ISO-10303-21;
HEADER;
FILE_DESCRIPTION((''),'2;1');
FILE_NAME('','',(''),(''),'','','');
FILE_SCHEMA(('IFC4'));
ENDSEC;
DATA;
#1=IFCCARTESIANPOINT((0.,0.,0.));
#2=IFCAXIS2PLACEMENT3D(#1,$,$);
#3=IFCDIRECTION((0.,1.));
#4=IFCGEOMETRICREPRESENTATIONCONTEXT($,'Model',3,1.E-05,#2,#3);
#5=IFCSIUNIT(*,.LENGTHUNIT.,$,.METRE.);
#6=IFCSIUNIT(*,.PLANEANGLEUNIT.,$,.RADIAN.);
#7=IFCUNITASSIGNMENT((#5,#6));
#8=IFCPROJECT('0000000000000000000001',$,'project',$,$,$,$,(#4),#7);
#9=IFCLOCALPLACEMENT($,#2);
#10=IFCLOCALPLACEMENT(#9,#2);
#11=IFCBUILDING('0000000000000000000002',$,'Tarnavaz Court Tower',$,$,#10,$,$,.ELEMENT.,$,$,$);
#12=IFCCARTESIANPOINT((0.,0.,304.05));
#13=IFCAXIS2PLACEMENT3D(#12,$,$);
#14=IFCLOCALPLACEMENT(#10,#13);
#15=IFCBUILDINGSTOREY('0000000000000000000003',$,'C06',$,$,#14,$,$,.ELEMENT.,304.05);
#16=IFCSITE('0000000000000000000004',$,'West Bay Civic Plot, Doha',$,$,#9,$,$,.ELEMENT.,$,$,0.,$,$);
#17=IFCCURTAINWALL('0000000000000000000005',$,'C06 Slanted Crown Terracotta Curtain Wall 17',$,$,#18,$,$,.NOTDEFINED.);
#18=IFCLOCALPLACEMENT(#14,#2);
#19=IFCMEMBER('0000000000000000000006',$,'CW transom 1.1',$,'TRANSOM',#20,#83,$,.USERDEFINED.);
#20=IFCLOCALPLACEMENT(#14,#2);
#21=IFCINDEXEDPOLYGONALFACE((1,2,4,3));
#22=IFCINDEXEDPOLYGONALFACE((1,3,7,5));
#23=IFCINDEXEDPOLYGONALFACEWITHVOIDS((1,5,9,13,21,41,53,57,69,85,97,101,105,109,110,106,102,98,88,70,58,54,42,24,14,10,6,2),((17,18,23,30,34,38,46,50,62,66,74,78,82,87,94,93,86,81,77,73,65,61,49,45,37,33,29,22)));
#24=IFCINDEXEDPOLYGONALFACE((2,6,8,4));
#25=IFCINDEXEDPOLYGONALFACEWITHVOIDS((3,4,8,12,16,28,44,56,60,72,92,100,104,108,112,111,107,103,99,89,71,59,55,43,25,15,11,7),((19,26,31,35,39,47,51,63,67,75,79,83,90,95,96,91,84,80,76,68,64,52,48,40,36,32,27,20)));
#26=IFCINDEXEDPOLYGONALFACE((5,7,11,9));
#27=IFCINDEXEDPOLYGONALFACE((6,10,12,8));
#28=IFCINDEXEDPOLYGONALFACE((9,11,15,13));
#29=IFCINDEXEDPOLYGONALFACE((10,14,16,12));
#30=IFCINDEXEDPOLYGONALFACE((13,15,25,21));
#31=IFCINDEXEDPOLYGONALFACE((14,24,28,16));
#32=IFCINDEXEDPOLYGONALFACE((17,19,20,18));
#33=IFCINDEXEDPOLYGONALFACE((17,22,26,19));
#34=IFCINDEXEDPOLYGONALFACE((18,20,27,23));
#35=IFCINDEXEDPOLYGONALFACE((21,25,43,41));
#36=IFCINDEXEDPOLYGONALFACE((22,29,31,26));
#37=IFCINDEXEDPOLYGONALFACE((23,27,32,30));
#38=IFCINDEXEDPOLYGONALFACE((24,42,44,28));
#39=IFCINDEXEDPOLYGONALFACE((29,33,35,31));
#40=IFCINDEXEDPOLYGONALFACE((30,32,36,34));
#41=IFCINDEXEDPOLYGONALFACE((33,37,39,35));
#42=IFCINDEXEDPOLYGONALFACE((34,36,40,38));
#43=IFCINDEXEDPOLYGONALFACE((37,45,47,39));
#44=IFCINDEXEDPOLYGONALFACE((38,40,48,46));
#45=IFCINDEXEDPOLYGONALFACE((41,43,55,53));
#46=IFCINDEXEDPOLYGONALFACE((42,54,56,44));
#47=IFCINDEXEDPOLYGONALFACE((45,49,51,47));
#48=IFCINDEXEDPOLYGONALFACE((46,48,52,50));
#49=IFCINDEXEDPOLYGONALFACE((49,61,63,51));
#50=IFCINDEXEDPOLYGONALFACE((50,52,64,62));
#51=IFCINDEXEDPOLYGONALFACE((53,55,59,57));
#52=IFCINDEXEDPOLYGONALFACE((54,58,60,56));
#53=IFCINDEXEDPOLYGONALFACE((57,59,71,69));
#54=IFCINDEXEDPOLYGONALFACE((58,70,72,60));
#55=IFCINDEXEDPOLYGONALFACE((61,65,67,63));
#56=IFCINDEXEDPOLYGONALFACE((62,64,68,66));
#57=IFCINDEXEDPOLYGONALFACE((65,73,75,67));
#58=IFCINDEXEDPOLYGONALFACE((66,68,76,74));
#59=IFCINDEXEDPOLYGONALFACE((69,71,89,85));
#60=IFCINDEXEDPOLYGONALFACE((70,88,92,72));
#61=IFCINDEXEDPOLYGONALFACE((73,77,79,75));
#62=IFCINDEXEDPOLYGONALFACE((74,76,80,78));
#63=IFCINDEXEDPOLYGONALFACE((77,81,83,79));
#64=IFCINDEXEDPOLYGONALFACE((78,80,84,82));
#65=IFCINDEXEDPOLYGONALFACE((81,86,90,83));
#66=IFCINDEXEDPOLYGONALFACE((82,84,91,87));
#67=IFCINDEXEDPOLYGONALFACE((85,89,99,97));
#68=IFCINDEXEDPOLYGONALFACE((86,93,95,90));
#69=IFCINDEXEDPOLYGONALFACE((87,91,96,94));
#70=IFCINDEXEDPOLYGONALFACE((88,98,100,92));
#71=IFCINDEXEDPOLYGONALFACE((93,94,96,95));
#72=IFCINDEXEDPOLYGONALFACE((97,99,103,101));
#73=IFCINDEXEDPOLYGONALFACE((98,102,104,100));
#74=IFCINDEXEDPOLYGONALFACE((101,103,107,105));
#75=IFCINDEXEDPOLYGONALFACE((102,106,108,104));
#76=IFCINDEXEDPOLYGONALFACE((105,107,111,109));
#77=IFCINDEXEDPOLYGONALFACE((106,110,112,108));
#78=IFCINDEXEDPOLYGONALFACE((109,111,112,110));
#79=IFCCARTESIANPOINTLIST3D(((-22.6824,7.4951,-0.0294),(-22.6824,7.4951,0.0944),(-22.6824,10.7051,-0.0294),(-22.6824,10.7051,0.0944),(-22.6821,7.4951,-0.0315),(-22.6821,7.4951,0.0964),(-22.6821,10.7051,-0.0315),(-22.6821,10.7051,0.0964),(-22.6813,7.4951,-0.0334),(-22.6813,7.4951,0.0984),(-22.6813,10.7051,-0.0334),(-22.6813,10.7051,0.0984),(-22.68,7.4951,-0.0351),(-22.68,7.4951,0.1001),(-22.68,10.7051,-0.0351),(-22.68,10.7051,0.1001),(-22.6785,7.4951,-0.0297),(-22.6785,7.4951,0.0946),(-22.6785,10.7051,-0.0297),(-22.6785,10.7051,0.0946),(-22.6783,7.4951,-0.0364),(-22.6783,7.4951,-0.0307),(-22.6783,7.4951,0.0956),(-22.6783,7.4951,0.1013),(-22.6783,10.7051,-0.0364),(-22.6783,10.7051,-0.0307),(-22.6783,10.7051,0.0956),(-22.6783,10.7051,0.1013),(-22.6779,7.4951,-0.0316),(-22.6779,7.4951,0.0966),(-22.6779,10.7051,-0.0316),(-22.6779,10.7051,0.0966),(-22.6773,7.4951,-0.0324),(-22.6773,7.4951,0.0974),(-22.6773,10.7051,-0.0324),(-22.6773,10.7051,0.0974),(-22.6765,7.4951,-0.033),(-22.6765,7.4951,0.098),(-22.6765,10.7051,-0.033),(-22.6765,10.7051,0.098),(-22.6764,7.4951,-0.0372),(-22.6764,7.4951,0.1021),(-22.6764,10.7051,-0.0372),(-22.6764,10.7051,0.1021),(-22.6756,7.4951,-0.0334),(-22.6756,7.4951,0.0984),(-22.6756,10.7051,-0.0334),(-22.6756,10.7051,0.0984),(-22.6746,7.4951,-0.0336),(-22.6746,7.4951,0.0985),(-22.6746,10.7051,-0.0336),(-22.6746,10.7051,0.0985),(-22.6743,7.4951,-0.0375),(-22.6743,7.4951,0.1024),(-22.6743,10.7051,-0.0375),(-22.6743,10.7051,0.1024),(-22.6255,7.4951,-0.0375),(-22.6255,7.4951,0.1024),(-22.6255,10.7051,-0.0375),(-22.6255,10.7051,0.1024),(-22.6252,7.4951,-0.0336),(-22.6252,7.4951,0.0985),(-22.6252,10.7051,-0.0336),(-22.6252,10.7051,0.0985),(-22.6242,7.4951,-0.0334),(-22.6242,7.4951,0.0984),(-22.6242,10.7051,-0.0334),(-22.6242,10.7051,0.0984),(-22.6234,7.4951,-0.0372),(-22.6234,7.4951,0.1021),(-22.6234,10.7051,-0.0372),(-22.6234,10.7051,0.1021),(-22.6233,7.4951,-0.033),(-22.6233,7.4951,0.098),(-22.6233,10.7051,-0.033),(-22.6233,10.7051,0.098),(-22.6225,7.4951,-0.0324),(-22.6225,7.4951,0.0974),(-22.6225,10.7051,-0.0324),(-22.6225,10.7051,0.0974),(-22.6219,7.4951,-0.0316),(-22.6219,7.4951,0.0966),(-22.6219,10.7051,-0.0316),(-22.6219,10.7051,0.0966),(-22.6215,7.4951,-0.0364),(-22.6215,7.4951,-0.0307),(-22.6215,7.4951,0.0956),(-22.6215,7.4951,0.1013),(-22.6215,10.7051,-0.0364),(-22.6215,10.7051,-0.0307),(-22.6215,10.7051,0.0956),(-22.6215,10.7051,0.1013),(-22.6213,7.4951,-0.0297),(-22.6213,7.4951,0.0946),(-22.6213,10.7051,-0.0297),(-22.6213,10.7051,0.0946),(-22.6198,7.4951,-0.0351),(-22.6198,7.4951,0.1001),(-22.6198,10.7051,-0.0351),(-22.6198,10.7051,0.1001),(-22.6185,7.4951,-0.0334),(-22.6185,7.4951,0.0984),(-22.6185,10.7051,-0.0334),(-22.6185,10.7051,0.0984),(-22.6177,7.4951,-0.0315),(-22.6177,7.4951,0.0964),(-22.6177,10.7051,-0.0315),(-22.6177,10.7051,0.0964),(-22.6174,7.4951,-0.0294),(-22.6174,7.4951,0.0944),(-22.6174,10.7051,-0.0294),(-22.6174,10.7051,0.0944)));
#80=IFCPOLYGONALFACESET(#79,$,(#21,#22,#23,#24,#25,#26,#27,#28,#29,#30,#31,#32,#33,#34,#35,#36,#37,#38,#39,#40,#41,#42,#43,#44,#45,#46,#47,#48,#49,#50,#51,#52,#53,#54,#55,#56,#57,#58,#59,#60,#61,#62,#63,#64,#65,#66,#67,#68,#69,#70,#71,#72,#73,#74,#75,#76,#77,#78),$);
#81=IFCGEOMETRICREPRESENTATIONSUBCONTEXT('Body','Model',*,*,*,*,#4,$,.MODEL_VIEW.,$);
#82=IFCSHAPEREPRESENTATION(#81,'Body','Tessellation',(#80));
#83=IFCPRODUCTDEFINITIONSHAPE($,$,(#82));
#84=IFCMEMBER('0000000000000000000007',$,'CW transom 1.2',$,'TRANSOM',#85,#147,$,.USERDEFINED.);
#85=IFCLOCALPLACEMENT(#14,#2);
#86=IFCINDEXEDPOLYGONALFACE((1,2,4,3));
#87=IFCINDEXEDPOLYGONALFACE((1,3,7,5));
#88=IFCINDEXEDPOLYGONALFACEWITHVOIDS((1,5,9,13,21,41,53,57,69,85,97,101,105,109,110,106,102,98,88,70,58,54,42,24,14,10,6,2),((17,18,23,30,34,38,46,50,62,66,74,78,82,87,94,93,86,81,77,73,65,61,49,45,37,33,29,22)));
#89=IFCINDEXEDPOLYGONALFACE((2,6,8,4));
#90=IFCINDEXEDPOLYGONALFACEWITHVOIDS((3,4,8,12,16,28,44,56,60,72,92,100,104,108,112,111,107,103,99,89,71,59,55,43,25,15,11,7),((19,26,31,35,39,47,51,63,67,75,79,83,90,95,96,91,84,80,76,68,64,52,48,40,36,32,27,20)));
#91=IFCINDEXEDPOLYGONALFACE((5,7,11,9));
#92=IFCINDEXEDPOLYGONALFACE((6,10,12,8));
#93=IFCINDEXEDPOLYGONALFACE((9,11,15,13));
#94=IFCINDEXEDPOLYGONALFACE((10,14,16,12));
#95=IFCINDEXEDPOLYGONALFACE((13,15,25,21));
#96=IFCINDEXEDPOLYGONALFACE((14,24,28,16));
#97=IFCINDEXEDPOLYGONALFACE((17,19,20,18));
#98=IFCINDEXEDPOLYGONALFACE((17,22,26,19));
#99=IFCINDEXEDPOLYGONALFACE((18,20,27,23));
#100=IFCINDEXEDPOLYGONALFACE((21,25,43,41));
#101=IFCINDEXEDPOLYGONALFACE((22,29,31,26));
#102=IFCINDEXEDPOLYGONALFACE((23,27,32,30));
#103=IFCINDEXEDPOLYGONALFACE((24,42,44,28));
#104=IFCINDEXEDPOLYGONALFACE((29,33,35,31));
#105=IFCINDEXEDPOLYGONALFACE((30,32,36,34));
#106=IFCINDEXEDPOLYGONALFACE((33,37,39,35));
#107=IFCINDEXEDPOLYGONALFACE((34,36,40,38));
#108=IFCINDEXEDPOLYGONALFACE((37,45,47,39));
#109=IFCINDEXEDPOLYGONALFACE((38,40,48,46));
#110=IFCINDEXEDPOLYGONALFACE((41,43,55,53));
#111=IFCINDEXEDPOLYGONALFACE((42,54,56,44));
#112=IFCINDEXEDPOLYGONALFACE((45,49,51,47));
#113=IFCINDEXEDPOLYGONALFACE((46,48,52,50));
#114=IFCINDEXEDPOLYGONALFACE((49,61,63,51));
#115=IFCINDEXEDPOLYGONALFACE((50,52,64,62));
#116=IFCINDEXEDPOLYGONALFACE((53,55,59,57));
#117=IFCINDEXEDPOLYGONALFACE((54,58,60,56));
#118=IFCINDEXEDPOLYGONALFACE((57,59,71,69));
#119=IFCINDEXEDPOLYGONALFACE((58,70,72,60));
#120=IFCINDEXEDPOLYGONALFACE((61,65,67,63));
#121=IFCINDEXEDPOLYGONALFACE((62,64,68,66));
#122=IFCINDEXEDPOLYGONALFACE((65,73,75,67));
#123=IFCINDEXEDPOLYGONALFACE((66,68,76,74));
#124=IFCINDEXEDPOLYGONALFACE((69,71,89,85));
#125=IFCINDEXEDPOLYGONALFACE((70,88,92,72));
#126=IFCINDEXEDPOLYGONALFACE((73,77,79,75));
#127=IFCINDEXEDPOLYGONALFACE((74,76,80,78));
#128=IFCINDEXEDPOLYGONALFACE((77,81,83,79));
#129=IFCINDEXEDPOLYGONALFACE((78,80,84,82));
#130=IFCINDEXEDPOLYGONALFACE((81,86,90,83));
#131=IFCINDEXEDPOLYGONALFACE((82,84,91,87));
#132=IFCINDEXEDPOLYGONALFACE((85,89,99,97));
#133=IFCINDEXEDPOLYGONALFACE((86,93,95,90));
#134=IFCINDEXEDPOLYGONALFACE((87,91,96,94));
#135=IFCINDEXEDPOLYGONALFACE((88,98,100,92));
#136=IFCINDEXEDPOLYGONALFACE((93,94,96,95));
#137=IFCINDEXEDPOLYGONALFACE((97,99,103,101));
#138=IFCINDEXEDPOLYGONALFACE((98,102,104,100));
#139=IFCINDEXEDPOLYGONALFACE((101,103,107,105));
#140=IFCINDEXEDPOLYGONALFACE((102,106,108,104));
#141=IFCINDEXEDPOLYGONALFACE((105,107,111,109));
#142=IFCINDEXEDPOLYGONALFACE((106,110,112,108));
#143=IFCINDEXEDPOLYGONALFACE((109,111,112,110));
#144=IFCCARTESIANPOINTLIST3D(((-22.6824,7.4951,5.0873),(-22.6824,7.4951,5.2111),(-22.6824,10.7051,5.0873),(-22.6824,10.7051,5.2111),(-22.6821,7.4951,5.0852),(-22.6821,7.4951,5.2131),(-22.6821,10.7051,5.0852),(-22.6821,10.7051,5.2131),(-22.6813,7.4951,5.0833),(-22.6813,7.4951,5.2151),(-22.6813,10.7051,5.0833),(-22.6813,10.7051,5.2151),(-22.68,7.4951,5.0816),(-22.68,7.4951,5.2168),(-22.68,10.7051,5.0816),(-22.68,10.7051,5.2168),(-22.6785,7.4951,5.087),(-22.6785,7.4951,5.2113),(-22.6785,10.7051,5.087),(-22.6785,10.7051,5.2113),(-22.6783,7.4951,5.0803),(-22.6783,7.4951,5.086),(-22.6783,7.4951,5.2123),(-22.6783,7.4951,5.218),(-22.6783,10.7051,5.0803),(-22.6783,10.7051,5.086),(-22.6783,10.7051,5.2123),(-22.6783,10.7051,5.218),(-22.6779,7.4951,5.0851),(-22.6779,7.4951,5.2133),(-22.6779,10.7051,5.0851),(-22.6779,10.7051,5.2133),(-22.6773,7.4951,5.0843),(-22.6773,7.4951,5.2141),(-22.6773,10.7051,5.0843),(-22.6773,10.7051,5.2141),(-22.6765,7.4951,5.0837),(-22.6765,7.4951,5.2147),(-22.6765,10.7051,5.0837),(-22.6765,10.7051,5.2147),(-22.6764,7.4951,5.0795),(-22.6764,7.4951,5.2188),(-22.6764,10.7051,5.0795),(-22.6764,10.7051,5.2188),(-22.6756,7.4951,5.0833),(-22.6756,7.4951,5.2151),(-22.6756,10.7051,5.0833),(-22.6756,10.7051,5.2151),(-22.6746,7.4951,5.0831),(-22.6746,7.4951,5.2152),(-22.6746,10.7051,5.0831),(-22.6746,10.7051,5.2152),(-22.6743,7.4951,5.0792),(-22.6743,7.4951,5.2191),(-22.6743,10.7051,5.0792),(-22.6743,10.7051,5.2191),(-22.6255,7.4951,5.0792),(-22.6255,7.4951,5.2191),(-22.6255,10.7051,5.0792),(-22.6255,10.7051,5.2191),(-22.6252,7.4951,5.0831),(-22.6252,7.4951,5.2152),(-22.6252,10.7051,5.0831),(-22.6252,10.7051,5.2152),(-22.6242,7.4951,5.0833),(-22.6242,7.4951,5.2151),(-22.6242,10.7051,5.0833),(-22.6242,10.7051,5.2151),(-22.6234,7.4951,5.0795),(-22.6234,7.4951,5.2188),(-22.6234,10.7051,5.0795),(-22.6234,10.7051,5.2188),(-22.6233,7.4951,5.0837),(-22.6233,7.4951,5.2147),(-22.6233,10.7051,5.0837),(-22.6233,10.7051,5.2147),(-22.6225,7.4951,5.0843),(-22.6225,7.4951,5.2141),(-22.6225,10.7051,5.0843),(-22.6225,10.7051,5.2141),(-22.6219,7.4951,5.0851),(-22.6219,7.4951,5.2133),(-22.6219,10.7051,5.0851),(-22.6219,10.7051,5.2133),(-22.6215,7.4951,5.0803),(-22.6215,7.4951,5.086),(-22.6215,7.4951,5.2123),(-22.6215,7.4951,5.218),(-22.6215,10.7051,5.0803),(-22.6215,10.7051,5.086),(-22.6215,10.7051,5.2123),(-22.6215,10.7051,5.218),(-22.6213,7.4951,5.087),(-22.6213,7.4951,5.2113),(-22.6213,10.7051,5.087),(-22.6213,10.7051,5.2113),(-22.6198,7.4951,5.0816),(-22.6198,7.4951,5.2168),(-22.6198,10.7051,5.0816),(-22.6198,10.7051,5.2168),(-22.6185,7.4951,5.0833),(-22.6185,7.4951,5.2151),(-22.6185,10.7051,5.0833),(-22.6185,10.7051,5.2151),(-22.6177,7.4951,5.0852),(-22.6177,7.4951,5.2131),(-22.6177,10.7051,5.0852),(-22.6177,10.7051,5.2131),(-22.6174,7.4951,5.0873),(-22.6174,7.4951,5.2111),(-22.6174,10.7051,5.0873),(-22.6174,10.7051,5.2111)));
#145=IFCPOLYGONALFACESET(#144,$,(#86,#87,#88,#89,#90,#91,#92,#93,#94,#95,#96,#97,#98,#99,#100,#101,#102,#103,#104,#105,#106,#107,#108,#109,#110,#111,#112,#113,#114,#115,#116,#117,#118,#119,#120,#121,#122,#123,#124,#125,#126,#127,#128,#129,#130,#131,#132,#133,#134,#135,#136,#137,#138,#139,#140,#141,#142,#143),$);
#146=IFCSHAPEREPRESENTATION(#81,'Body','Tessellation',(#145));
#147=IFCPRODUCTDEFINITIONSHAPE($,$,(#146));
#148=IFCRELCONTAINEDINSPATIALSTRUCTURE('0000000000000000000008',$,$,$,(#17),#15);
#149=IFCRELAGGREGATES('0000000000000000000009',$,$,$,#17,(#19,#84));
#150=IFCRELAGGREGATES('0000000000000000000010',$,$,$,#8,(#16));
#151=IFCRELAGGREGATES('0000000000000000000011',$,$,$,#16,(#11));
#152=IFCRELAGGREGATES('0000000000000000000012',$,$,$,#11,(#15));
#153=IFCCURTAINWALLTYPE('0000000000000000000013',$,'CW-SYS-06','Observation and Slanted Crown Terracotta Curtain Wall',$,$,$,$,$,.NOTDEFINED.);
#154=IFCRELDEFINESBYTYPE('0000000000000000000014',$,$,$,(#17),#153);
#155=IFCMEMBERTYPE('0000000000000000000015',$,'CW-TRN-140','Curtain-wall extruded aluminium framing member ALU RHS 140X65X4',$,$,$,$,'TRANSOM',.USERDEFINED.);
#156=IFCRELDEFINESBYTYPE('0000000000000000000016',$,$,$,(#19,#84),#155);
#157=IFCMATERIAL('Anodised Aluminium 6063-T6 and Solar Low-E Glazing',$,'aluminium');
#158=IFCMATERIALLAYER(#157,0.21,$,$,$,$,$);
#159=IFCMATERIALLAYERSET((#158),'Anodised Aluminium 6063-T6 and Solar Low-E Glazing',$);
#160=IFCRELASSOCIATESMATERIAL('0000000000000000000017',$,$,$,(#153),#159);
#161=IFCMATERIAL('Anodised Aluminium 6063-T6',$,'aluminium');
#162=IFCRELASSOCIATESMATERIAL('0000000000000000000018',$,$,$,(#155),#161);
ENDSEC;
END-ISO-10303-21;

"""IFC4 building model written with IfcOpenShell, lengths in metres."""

from ifc_helpers import new_model, si_unit, direction, frame, origin, origin_2d, place, context, subcontext, project, spatial, hollow_rectangle, extrude, material, layer, layer_set, material_profile, profile_set, type_object, element, aggregate, save


model = new_model("IFC4")

# Units and contexts
model_context = context("Model", 3, precision=1e-05, world=origin(), true_north=direction((0.0, 1.0)))
body_context = subcontext(model_context, "Body", "Model", "MODEL_VIEW")
ifc_project = project(units=[si_unit("LENGTHUNIT", "METRE"), si_unit("PLANEANGLEUNIT", "RADIAN")], contexts=[model_context])

# Site, building, storey
site_placement = place(None, origin())
site = spatial("IfcSite", under=ifc_project, at=site_placement, Name="West Bay Civic Plot, Doha", CompositionType="ELEMENT", RefElevation=0.0)
building_placement = place(site_placement, origin())
building = spatial("IfcBuilding", under=site, at=building_placement, Name="Tarnavaz Court Tower", CompositionType="ELEMENT")
storey_placement = place(building_placement, frame((0.0, 0.0, 304.05)))
storey = spatial("IfcBuildingStorey", under=building, at=storey_placement, Name="C06", CompositionType="ELEMENT", Elevation=304.05)

# Curtain wall
ifc_material_1 = material(Name="Anodised Aluminium 6063-T6 and Solar Low-E Glazing", Category="aluminium")
ifc_layer_1 = layer(ifc_material_1, 0.21)
ifc_layer_set_1 = layer_set([ifc_layer_1], Name="Anodised Aluminium 6063-T6 and Solar Low-E Glazing")
curtain_wall_type = type_object("IfcCurtainWallType", Name="CW-SYS-06", Description="Observation and Slanted Crown Terracotta Curtain Wall", PredefinedType="NOTDEFINED", material=ifc_layer_set_1)
ifc_material_2 = material(Name="Anodised Aluminium 6063-T6", Category="aluminium")
curtain_wall_1_placement = place(storey_placement, origin())
curtain_wall_1 = element("IfcCurtainWall", 1, at=curtain_wall_1_placement, inside=storey, type_object=curtain_wall_type, Name="C06 Slanted Crown Terracotta Curtain Wall 17", PredefinedType="NOTDEFINED")

# Members
ifc_material_profile_1 = material_profile(ifc_material_2, hollow_rectangle(XDim=0.0649, YDim=0.1399, WallThickness=0.0039, InnerFilletRadius=0.0039, OuterFilletRadius=0.0081, at=origin_2d()), Name="ALU RHS 140X65X4")
ifc_profile_set_1 = profile_set([ifc_material_profile_1], Name="Anodised Aluminium 6063-T6")
member_type_1 = type_object("IfcMemberType", Name="CW-TRN-140", Description="Curtain-wall extruded aluminium framing member ALU RHS 140X65X4", ElementType="TRANSOM", PredefinedType="USERDEFINED", material=ifc_profile_set_1)
member_1_placement = place(storey_placement, frame((-22.6499, 7.4951, 0.0325), z_axis=(0.0, 1.0, 0.0), x_axis=(-1.0, 0.0, 0.0)))
member_1 = element("IfcMember", 2, at=member_1_placement, type_object=member_type_1, Name="CW transom 1.1", ObjectType="TRANSOM", PredefinedType="USERDEFINED", context=body_context, shape_type="SweptSolid", body=[
    extrude(hollow_rectangle(XDim=0.0649, YDim=0.1399, WallThickness=0.0039, InnerFilletRadius=0.0039, OuterFilletRadius=0.0081, at=origin_2d()), origin(), (0.0, 0.0, 1.0), 3.21),
])
member_2_placement = place(storey_placement, frame((-22.6499, 7.4951, 5.1492), z_axis=(0.0, 1.0, 0.0), x_axis=(-1.0, 0.0, 0.0)))
member_2 = element("IfcMember", 3, at=member_2_placement, type_object=member_type_1, Name="CW transom 1.2", ObjectType="TRANSOM", PredefinedType="USERDEFINED", context=body_context, shape_type="SweptSolid", body=[
    extrude(hollow_rectangle(XDim=0.0649, YDim=0.1399, WallThickness=0.0039, InnerFilletRadius=0.0039, OuterFilletRadius=0.0081, at=origin_2d()), origin(), (0.0, 0.0, 1.0), 3.21),
])

aggregate(curtain_wall_1, [member_1, member_2])

save(model, "model.ifc")
